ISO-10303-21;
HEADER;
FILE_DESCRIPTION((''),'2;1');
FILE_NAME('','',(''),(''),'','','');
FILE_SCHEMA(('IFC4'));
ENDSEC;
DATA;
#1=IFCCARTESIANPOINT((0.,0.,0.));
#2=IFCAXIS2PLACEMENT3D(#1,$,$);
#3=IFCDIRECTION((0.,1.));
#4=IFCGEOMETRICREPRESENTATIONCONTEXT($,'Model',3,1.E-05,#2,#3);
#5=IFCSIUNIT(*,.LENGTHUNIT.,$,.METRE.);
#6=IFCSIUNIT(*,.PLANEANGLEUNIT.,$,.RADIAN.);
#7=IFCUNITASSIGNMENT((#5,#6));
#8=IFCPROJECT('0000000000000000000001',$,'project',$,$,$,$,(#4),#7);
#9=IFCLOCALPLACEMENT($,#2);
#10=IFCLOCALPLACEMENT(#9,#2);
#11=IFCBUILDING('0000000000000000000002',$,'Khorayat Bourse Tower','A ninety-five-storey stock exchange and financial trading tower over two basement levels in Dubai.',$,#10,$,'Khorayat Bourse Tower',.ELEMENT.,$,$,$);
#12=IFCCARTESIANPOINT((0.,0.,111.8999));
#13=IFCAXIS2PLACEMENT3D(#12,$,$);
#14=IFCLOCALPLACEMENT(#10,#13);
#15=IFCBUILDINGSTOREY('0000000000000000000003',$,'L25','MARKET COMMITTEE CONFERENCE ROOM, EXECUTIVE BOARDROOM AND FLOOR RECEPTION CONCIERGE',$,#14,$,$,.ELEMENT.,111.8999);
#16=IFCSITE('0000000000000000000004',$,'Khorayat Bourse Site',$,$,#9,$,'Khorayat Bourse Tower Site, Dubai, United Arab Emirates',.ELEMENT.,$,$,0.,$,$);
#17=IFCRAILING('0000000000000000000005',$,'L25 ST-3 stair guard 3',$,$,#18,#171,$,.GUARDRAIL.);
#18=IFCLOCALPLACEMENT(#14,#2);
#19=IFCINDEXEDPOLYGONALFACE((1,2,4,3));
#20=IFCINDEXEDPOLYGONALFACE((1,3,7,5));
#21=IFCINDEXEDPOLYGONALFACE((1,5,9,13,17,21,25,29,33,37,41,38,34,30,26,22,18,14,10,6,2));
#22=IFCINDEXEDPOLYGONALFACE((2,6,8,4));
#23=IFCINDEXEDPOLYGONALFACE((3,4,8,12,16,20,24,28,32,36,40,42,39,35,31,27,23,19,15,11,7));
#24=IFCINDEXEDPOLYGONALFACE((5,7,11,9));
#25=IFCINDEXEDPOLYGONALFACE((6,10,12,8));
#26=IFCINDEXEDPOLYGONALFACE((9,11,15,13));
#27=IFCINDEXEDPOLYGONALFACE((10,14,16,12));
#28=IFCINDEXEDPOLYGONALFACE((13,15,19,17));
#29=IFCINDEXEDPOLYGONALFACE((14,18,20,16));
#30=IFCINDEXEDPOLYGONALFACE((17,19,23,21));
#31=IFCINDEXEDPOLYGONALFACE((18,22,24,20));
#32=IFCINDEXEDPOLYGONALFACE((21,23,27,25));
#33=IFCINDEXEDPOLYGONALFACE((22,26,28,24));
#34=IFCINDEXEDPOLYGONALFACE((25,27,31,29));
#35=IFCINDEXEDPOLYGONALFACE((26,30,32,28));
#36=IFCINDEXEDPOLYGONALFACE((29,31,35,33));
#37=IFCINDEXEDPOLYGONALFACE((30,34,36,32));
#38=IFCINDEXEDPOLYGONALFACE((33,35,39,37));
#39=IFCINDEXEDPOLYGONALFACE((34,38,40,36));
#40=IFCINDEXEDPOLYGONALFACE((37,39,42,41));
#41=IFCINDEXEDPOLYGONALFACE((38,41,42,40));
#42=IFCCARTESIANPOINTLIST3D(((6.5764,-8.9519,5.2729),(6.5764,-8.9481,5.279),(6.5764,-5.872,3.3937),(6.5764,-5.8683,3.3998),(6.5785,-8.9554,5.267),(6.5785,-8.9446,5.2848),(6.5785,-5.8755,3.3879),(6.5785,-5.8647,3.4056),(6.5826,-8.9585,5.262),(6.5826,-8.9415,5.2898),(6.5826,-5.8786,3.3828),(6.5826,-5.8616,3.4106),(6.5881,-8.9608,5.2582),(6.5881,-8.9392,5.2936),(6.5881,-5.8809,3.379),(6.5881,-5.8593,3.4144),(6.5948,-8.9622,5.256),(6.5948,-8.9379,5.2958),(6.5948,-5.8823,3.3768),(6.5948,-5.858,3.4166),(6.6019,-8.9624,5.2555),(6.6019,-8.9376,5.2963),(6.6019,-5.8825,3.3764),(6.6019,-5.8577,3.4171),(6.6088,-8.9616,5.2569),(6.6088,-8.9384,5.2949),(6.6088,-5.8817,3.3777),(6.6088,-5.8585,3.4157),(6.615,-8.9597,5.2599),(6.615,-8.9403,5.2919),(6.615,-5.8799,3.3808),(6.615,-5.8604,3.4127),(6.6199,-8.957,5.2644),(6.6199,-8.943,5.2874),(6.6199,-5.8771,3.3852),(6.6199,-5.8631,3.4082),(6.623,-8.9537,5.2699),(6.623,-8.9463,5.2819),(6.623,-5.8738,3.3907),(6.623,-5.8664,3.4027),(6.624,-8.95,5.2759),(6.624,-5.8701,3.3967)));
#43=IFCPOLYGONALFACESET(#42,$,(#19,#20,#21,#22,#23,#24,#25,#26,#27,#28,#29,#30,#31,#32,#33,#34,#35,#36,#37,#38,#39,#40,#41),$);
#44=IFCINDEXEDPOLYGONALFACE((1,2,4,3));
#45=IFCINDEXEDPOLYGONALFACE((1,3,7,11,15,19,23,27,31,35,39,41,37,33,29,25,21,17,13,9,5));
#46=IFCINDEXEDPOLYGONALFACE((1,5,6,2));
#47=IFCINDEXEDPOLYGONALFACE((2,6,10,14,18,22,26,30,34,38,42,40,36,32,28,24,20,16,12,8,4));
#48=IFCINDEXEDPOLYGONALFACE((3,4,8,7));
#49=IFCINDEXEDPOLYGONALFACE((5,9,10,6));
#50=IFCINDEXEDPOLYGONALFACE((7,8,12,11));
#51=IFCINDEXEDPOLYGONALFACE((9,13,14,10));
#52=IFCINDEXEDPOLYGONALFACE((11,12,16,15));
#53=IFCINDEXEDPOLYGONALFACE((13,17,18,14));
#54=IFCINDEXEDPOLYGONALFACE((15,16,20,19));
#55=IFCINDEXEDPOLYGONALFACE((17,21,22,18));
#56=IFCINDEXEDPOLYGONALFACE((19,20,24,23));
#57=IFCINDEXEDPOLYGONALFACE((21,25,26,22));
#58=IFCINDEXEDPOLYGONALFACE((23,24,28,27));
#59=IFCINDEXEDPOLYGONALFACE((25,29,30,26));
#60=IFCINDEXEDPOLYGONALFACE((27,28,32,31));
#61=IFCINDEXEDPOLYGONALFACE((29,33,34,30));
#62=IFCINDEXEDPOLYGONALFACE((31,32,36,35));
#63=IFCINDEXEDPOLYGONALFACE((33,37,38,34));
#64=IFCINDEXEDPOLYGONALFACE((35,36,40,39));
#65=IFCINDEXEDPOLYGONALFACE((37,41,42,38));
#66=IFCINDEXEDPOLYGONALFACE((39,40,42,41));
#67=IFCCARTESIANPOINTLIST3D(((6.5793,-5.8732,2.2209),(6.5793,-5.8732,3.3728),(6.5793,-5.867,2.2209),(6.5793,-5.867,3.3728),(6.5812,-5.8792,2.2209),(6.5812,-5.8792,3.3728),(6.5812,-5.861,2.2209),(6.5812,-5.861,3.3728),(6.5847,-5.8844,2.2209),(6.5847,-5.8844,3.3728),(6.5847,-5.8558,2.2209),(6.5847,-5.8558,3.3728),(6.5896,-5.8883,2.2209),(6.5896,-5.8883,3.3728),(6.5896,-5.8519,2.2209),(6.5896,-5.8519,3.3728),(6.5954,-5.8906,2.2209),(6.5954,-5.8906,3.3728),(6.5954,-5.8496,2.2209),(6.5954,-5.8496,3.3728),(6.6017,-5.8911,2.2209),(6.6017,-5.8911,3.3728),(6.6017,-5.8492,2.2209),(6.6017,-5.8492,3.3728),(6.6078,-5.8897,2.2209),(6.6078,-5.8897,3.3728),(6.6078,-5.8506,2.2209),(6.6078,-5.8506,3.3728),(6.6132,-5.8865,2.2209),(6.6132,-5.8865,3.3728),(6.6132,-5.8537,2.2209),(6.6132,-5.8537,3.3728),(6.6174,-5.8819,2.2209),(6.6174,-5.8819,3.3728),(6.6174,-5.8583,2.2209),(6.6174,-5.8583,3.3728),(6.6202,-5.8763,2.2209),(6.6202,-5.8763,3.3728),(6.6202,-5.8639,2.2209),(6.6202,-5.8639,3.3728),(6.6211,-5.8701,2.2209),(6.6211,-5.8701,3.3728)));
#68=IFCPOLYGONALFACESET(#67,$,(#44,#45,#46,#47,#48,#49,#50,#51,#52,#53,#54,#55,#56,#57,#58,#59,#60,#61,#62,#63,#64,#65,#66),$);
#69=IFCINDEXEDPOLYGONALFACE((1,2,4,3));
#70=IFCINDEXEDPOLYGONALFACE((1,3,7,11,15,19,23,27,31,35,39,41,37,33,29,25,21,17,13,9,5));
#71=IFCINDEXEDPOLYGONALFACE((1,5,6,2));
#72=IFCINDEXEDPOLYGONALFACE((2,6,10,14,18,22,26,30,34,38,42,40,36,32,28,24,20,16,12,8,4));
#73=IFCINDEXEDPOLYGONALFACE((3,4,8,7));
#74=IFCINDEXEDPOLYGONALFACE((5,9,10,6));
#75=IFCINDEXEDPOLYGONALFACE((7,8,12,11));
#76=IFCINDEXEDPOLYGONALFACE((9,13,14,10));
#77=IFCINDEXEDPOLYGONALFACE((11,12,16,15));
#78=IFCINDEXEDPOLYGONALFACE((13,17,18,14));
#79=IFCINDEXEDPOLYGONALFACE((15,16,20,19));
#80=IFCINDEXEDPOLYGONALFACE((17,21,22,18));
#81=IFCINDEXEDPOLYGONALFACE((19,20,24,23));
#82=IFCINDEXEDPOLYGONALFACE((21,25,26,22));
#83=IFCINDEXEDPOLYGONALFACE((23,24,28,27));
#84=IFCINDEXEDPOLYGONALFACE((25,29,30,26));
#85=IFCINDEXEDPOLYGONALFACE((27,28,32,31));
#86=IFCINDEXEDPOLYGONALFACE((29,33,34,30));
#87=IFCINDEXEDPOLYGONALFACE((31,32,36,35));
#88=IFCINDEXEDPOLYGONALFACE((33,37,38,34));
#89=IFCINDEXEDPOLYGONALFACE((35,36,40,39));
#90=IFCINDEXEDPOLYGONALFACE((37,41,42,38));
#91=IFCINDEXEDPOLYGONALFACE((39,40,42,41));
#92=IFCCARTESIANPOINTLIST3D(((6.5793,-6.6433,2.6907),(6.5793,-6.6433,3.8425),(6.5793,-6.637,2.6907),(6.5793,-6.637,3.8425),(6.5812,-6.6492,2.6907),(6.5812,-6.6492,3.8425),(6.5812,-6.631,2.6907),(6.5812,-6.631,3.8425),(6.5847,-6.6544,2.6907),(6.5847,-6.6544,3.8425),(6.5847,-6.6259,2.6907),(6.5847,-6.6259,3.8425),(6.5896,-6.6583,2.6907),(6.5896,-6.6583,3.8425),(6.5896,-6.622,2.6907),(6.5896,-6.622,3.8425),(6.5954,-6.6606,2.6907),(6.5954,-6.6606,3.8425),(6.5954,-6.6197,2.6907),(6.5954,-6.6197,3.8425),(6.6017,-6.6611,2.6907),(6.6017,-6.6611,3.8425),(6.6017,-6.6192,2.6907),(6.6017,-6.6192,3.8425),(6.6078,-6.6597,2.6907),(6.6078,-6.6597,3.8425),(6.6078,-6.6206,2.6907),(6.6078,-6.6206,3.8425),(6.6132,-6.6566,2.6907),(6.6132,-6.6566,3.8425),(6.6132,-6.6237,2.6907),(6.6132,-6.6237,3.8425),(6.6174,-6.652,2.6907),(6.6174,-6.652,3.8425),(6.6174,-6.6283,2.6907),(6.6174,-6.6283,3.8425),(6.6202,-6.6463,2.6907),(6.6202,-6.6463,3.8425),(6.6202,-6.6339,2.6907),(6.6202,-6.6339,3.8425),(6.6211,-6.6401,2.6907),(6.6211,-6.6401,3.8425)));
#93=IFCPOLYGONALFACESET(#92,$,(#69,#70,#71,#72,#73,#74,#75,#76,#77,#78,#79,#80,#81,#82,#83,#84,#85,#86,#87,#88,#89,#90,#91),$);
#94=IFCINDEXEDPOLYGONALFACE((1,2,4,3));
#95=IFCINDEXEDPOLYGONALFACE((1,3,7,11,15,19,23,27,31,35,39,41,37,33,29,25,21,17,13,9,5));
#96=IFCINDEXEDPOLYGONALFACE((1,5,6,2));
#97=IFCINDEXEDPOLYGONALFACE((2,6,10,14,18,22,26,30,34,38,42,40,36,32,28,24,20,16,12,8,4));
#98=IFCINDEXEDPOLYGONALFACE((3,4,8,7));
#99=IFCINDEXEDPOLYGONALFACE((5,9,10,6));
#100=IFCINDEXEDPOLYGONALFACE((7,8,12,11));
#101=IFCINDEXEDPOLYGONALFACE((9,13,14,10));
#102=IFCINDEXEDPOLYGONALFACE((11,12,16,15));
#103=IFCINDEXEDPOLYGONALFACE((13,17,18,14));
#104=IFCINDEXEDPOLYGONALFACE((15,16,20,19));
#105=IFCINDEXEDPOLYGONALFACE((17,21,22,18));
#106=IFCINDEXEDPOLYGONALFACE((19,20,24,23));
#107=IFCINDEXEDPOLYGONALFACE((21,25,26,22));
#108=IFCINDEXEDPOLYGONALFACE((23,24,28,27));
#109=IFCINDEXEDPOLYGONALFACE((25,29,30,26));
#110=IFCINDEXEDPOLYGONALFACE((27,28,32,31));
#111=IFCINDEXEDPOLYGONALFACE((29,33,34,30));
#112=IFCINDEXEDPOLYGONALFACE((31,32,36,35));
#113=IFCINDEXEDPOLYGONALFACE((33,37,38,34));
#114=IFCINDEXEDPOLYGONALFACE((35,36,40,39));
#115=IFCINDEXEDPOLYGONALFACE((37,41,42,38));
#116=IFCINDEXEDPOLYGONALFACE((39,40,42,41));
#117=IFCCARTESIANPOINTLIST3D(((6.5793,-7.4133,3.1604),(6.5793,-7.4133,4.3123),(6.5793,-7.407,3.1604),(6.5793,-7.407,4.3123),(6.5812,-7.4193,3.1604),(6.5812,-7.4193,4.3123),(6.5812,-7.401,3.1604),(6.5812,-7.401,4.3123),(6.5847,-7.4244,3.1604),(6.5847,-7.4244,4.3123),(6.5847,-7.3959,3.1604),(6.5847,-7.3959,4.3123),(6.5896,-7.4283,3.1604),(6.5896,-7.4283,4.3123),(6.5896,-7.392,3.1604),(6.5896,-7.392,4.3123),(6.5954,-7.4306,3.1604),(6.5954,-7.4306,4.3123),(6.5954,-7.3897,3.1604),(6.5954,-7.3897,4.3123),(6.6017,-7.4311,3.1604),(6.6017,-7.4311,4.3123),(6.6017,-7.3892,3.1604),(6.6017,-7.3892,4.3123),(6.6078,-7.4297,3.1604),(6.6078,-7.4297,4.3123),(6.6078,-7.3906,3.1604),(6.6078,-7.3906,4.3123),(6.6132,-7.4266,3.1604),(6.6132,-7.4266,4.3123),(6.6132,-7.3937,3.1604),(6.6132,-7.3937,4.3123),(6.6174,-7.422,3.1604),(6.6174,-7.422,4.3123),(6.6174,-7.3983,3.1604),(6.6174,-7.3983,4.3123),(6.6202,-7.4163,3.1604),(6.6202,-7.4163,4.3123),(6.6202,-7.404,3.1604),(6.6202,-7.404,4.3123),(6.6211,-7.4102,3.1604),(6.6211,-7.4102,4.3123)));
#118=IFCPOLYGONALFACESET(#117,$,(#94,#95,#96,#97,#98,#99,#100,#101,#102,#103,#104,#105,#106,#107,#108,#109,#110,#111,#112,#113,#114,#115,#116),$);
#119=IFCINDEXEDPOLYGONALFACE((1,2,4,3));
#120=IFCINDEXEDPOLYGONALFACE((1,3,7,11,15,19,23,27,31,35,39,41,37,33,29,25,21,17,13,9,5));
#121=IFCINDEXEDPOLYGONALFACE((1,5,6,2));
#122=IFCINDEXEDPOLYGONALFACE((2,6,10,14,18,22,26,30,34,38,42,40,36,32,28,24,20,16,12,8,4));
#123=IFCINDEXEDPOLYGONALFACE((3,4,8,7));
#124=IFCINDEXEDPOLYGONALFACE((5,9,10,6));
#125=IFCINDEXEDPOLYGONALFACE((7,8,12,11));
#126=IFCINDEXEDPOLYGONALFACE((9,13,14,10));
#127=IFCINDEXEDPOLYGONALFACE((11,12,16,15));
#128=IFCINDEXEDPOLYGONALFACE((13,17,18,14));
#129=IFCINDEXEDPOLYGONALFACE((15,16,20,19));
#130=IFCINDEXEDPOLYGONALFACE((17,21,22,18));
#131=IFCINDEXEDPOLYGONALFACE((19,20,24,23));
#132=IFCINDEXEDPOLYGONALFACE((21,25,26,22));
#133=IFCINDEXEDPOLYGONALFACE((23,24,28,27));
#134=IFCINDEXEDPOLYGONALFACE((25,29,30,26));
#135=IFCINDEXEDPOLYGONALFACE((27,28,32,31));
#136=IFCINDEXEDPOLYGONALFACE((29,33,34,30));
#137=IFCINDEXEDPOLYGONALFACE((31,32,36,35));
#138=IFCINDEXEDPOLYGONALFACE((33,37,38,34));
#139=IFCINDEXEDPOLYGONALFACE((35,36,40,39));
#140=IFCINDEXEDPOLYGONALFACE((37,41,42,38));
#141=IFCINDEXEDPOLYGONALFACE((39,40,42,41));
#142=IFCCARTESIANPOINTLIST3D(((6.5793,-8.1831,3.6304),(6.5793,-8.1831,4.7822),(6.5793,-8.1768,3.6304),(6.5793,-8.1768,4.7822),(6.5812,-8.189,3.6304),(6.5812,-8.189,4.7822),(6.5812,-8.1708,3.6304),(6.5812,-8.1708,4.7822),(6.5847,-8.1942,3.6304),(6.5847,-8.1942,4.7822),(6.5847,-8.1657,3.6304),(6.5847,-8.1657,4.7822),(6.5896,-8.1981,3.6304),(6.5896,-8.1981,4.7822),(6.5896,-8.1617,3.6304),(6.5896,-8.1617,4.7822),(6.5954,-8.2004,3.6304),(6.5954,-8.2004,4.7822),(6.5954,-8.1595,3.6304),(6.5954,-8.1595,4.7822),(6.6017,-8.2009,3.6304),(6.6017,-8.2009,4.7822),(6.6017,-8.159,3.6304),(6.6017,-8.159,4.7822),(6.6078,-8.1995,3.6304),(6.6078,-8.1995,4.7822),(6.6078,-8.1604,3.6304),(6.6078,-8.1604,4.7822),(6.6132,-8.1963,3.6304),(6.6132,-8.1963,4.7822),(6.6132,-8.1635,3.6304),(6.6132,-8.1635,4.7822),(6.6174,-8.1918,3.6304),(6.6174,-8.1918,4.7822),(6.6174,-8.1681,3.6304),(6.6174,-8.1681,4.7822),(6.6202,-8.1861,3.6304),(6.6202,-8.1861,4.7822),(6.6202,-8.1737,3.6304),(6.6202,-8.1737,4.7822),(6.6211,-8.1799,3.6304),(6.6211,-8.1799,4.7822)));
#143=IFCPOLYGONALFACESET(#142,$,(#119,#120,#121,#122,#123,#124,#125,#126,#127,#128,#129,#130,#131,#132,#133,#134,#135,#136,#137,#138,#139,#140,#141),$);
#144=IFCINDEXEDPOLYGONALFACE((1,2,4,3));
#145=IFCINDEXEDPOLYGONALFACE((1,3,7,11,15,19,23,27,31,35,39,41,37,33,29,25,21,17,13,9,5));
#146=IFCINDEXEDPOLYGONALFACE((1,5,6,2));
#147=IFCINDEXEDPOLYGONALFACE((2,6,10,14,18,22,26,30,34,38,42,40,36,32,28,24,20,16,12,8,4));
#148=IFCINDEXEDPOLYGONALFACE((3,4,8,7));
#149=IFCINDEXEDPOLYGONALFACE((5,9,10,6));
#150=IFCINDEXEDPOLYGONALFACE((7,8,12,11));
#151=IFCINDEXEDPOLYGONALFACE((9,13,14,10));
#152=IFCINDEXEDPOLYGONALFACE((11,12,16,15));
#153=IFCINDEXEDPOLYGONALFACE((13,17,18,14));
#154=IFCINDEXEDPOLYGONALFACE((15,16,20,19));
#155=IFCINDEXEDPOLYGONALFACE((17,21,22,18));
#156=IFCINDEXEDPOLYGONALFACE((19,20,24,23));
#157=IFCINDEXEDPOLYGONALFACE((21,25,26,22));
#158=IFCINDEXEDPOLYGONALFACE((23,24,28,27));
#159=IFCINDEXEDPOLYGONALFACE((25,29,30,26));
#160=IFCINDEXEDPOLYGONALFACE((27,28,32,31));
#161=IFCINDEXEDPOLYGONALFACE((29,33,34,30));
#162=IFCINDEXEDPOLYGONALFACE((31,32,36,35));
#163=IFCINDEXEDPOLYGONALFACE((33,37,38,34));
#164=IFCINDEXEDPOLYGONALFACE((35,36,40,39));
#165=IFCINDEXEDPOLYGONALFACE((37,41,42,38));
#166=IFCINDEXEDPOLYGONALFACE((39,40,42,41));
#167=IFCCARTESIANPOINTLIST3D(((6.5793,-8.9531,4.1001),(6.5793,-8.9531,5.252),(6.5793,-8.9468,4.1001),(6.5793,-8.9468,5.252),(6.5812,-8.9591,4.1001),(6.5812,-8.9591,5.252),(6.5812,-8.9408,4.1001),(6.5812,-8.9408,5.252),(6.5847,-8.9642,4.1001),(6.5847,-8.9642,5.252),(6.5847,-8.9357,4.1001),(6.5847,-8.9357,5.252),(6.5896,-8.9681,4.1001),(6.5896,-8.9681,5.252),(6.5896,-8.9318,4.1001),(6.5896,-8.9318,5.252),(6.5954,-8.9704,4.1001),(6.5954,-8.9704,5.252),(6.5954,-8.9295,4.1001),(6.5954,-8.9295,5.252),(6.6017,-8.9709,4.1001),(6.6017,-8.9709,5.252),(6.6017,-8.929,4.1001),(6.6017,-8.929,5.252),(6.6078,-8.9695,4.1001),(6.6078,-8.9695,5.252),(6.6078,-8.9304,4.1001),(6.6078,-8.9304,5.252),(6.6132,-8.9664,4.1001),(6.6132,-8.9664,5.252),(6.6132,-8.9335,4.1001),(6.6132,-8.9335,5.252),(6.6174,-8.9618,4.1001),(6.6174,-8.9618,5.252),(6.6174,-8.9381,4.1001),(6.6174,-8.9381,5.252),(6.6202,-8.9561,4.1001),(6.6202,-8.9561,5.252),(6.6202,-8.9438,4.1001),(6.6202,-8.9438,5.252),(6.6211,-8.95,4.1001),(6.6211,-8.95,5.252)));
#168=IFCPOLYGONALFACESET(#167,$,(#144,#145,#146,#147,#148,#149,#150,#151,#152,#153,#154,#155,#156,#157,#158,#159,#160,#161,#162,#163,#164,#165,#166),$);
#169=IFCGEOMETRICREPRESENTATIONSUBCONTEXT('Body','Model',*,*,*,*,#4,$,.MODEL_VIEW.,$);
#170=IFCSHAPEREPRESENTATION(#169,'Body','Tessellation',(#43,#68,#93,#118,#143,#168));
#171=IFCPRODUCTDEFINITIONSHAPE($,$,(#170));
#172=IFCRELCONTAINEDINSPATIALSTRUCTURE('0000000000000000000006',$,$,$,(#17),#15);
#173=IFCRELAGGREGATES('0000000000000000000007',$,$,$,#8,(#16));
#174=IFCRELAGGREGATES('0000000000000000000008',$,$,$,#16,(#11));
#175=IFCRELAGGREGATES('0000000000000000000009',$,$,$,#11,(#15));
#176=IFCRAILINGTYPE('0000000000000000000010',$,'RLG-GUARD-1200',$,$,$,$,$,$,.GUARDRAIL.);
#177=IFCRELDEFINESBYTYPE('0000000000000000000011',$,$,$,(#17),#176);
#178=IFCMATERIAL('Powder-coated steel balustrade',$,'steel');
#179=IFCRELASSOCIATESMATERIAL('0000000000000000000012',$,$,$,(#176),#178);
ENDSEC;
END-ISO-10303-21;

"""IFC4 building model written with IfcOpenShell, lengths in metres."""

from ifc_helpers import new_model, si_unit, direction, frame, origin, origin_2d, place, context, subcontext, project, spatial, circle, extrude, source, transform, mapped, material, type_object, element, save


model = new_model("IFC4")

# Units and contexts
model_context = context("Model", 3, precision=1e-05, world=origin(), true_north=direction((0.0, 1.0)))
body_context = subcontext(model_context, "Body", "Model", "MODEL_VIEW")
ifc_project = project(units=[si_unit("LENGTHUNIT", "METRE"), si_unit("PLANEANGLEUNIT", "RADIAN")], contexts=[model_context])

# Site, building, storey
site_placement = place(None, origin())
site = spatial("IfcSite", under=ifc_project, at=site_placement, Name="Khorayat Bourse Site", LongName="Khorayat Bourse Tower Site, Dubai, United Arab Emirates", CompositionType="ELEMENT", RefElevation=0.0)
building_placement = place(site_placement, origin())
building = spatial("IfcBuilding", under=site, at=building_placement, Name="Khorayat Bourse Tower", Description="A ninety-five-storey stock exchange and financial trading tower over two basement levels in Dubai.", LongName="Khorayat Bourse Tower", CompositionType="ELEMENT")
storey_placement = place(building_placement, frame((0.0, 0.0, 111.8999)))
storey = spatial("IfcBuildingStorey", under=building, at=storey_placement, Name="L25", Description="MARKET COMMITTEE CONFERENCE ROOM, EXECUTIVE BOARDROOM AND FLOOR RECEPTION CONCIERGE", CompositionType="ELEMENT", Elevation=111.8999)

# Railing
ifc_material_1 = material(Name="Powder-coated steel balustrade", Category="steel")
railing_type_1 = type_object("IfcRailingType", Name="RLG-GUARD-1200", PredefinedType="GUARDRAIL", material=ifc_material_1)
shared_shape_1 = source(origin(), body_context, "Body", "SweptSolid", [
    extrude(circle(Radius=0.0239, at=origin_2d()), frame((0.0, 0.0, 1.1758), z_axis=(0.0, -0.853648, 0.52085), x_axis=(1.0, 0.0, 0.0)), (0.0, 0.0, 1.0), 3.6079),
    extrude(circle(Radius=0.021, at=origin_2d()), origin(), (0.0, 0.0, 1.0), 1.1519),
    extrude(circle(Radius=0.021, at=origin_2d()), frame((0.0, -0.77, 0.4697)), (0.0, 0.0, 1.0), 1.1519),
    extrude(circle(Radius=0.021, at=origin_2d()), frame((0.0, -1.54, 0.9395)), (0.0, 0.0, 1.0), 1.1519),
    extrude(circle(Radius=0.021, at=origin_2d()), frame((0.0, -2.3098, 1.4094)), (0.0, 0.0, 1.0), 1.1519),
    extrude(circle(Radius=0.021, at=origin_2d()), frame((0.0, -3.0798, 1.8792)), (0.0, 0.0, 1.0), 1.1519),
])
railing_1_placement = place(storey_placement, frame((6.6001, -5.8701, 2.2209)))
element("IfcRailing", 1, at=railing_1_placement, inside=storey, type_object=railing_type_1, Name="L25 ST-3 stair guard 3", PredefinedType="GUARDRAIL", context=body_context, shape_type="MappedRepresentation", body=[
    mapped(shared_shape_1, transform((0.0, 0.0, 0.0), scale=1.0)),
])

save(model, "model.ifc")
